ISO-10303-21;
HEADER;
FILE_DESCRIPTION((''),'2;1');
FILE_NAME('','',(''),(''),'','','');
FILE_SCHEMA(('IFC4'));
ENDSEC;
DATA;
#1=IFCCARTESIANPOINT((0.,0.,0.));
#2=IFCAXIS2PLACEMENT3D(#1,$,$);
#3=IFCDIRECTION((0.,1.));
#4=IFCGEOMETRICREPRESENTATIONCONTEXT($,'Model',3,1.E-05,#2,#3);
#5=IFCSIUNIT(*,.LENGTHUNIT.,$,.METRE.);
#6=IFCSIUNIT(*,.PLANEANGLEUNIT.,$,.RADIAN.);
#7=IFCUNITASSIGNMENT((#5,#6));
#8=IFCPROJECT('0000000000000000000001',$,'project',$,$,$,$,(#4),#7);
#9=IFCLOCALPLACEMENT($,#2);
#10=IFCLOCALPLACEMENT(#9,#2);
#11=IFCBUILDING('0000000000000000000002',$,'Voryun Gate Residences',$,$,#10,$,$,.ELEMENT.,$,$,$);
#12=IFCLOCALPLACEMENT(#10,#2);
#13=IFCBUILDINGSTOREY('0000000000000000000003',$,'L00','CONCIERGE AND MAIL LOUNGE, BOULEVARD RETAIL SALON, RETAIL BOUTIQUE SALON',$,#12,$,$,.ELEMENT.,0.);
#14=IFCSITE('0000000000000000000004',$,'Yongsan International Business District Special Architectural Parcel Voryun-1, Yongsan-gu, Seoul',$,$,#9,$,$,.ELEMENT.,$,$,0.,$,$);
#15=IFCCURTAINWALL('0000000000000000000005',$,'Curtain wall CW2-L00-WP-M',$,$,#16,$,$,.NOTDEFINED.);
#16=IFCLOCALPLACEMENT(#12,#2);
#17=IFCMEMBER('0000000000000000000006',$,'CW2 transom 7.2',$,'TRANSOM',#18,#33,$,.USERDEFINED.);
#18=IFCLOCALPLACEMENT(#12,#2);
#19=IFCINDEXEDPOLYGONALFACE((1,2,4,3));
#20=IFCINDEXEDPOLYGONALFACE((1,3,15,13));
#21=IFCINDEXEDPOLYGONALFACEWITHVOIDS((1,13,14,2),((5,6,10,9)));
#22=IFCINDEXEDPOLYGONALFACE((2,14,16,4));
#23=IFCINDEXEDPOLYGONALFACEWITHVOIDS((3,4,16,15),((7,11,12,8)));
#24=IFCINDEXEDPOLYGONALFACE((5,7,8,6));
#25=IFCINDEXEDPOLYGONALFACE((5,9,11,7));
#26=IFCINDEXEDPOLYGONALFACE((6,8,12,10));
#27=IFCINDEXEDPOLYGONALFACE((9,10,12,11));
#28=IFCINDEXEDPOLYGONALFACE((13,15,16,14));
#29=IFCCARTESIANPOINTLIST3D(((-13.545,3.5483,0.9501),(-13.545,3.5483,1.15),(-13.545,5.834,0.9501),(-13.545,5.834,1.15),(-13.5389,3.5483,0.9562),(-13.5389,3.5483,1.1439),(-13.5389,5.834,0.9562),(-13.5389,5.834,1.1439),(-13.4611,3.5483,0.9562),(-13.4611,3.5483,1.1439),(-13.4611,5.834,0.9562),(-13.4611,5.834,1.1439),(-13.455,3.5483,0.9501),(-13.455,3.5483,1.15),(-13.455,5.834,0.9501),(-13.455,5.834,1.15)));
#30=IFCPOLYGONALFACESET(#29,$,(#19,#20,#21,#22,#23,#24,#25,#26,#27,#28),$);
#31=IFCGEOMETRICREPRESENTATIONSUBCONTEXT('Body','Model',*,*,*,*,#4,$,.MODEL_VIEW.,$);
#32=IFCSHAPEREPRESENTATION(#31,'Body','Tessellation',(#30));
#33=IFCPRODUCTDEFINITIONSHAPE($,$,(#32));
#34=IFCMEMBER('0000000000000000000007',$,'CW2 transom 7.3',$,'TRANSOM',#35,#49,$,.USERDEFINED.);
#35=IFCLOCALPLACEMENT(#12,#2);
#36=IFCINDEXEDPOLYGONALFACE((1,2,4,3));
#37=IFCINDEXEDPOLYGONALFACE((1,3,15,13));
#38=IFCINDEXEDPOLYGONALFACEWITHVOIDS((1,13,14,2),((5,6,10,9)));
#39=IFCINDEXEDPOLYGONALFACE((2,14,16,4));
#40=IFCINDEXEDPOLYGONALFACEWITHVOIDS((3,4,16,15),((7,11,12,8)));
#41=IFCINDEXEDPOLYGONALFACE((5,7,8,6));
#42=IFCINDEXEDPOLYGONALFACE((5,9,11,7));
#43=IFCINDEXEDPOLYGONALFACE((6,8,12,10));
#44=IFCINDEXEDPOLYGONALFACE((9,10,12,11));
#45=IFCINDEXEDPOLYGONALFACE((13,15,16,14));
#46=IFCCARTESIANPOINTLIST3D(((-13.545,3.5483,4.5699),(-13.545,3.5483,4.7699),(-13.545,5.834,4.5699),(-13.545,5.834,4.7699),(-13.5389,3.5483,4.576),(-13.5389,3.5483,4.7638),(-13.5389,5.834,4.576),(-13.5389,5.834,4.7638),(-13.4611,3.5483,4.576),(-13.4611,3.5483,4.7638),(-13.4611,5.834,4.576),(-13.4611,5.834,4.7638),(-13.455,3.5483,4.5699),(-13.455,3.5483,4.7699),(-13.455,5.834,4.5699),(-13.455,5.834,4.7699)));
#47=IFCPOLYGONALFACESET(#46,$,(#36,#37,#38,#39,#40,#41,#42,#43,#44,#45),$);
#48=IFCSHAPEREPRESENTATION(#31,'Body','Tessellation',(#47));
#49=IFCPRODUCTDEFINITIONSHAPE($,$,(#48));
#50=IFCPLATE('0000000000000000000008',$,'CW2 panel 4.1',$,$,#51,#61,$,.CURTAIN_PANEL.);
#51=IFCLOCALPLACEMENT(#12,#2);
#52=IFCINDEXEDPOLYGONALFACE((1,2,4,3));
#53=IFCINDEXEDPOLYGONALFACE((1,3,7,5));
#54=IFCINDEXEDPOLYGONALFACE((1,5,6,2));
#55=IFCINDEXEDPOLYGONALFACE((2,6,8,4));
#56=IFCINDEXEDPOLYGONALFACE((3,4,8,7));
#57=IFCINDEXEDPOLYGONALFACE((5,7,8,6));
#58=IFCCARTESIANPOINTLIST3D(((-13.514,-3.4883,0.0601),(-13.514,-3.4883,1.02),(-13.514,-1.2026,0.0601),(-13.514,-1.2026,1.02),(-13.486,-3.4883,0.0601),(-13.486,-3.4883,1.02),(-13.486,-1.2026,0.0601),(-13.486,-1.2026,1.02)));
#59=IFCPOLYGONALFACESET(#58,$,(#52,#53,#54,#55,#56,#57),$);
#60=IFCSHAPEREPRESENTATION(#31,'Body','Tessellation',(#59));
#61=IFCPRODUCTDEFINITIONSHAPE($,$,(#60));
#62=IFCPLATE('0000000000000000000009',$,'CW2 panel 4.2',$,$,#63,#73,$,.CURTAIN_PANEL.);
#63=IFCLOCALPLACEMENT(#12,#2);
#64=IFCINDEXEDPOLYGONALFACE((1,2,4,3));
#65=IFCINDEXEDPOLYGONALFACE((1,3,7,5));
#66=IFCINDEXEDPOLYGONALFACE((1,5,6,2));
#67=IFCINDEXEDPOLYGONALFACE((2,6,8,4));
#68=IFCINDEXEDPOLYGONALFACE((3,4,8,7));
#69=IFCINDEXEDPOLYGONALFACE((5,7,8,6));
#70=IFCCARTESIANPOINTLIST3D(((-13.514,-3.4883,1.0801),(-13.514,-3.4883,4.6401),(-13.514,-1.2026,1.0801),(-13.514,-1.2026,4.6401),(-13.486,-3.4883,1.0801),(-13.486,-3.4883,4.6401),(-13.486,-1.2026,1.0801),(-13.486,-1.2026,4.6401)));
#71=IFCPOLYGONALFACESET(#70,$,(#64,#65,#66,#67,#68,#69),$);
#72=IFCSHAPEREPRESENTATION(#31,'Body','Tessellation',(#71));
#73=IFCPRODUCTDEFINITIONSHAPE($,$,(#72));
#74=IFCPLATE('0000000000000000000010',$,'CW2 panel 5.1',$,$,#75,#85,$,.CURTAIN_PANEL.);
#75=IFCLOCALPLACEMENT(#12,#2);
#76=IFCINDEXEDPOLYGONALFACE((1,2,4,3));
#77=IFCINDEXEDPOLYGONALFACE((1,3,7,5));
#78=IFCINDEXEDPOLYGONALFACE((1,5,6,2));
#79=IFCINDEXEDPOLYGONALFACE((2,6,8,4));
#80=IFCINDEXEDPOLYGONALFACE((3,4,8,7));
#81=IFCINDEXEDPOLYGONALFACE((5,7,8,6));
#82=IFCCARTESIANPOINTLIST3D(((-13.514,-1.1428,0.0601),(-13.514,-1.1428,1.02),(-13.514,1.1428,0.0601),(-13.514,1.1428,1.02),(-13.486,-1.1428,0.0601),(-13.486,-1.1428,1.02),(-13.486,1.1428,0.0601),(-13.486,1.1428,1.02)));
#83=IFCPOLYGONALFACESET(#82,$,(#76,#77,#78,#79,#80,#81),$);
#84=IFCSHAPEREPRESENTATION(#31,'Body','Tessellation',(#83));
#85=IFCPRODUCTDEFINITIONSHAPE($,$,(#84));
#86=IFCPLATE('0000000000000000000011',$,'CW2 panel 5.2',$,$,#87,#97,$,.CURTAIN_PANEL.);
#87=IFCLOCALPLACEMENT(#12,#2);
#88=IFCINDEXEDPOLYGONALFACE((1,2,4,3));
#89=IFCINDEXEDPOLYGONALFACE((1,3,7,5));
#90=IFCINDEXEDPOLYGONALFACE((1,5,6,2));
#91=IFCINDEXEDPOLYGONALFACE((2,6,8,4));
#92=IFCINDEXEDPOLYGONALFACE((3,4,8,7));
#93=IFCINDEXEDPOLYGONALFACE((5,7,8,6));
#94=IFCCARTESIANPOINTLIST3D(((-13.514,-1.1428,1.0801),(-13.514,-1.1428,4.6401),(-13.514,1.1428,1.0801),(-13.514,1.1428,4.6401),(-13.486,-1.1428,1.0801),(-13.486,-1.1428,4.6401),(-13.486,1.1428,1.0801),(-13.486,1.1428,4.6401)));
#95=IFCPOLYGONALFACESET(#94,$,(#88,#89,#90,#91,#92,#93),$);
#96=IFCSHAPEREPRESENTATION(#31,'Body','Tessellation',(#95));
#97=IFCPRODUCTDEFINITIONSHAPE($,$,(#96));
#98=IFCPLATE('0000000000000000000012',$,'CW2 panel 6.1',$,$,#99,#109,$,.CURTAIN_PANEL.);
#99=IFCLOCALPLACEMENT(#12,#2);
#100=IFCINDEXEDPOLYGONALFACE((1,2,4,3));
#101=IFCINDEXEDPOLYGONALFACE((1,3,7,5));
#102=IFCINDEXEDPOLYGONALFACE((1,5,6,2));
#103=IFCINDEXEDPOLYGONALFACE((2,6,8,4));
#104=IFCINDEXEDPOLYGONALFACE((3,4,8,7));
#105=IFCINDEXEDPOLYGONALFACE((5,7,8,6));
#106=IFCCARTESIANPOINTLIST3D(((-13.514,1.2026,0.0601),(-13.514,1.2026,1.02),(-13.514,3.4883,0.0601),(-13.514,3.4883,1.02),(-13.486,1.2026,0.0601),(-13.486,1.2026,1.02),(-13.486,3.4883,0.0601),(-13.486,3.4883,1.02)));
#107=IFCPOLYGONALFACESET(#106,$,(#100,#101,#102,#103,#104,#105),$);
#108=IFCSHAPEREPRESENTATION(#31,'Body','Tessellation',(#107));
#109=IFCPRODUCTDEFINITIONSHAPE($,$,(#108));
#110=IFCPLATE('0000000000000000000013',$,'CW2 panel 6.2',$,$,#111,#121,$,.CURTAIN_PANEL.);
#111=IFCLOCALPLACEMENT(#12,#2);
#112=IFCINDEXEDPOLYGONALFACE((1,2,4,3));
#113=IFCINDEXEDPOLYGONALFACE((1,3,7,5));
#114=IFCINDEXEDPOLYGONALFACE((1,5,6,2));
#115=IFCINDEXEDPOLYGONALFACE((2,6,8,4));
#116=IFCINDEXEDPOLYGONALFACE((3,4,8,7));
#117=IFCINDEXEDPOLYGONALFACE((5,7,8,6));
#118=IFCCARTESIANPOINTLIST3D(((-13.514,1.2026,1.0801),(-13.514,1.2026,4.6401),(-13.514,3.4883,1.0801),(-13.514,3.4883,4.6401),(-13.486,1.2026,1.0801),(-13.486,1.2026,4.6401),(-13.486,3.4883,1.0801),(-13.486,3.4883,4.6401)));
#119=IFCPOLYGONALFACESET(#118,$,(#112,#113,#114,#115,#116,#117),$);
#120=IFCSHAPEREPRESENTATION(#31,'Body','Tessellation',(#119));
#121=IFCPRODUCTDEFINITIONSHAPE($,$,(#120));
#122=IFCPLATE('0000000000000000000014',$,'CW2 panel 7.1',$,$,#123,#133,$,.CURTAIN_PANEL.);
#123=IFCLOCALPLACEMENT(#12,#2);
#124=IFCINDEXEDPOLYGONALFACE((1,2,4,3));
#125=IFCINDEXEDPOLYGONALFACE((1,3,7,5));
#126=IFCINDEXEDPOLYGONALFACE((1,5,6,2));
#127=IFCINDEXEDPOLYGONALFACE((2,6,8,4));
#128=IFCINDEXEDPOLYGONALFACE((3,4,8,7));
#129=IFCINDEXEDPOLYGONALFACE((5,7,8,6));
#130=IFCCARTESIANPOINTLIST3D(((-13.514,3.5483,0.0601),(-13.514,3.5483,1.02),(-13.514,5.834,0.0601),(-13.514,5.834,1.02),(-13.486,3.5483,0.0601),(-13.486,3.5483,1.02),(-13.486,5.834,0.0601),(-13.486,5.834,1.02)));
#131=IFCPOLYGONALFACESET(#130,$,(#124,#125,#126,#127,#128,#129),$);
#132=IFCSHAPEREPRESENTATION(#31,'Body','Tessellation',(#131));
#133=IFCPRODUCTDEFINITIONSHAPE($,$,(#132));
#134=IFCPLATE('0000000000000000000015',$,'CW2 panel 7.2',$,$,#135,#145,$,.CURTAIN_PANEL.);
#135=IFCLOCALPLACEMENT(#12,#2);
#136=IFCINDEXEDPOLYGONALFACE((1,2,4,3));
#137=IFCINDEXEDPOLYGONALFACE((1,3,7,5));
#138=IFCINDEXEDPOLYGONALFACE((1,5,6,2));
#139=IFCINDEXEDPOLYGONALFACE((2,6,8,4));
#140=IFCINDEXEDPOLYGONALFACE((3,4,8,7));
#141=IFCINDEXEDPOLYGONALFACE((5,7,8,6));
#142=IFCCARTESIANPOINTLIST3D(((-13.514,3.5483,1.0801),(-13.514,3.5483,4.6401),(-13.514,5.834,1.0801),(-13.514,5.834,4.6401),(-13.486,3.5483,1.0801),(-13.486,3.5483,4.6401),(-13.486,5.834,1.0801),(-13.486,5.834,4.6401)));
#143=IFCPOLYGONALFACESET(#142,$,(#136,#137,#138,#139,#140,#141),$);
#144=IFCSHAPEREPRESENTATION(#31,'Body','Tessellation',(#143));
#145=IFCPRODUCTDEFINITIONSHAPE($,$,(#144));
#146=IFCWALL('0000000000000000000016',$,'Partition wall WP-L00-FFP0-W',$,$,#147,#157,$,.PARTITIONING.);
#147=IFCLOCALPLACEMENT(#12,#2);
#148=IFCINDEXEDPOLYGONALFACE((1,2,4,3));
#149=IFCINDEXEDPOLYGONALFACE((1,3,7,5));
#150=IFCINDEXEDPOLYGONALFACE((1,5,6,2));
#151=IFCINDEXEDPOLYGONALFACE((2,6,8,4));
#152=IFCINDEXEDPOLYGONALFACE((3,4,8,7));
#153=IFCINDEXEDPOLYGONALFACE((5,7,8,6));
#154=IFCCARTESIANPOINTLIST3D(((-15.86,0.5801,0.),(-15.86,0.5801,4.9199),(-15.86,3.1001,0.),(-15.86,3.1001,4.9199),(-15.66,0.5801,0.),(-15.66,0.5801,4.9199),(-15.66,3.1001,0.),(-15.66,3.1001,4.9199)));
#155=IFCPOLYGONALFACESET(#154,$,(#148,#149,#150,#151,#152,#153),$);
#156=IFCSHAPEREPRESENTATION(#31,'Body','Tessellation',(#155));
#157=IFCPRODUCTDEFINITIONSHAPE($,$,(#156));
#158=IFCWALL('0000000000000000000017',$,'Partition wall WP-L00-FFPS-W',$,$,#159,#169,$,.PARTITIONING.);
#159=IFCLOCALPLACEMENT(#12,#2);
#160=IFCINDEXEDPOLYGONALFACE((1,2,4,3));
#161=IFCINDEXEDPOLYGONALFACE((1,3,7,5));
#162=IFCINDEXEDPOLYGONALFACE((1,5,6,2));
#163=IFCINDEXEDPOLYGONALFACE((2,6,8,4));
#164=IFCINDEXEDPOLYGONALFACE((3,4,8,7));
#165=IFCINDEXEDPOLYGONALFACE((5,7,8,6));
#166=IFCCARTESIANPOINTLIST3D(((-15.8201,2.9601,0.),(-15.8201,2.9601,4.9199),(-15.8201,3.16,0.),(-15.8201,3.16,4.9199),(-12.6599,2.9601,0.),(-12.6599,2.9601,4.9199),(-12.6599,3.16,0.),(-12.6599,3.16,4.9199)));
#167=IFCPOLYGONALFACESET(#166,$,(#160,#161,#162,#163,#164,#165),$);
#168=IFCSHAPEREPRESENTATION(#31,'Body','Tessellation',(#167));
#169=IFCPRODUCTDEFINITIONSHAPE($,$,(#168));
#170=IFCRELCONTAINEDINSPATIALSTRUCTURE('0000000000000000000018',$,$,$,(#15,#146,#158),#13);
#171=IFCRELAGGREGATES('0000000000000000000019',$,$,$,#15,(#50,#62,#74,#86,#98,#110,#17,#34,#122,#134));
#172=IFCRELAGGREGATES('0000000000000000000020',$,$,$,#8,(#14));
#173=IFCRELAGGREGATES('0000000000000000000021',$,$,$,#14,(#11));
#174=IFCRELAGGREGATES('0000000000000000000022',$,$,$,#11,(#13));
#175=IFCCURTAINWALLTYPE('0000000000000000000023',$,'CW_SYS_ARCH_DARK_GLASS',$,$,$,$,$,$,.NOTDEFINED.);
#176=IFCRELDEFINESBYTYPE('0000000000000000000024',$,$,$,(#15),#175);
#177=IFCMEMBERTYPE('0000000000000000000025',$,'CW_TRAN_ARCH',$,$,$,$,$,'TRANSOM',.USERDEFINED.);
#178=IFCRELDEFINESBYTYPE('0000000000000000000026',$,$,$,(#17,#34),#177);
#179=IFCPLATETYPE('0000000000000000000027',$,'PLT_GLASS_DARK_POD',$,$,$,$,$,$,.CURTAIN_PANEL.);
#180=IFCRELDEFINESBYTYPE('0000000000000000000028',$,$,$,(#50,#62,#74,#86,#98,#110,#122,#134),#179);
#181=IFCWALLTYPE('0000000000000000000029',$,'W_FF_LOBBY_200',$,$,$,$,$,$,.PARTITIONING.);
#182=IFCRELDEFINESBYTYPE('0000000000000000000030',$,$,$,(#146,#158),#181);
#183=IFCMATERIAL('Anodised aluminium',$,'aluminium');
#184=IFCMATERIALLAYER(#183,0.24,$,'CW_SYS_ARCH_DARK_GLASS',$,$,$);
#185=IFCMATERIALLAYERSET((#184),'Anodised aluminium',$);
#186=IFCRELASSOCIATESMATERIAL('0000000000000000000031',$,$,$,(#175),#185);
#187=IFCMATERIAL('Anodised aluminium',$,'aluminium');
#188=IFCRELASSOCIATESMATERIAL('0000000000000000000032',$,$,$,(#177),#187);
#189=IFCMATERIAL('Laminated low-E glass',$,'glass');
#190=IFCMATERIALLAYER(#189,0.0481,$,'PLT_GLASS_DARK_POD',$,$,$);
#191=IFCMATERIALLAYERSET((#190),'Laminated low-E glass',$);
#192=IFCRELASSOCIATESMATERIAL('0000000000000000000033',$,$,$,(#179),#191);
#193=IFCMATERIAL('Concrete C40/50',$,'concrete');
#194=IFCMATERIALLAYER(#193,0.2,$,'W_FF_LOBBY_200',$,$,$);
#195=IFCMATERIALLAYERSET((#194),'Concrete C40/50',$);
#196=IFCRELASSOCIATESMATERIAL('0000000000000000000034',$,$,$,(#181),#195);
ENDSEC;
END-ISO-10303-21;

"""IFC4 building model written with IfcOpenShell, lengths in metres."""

from ifc_helpers import new_model, si_unit, direction, frame, frame_2d, origin, origin_2d, place, context, subcontext, project, spatial, rectangle, hollow_rectangle, extrude, material, layer, layer_set, material_profile, profile_set, type_object, element, aggregate, save


model = new_model("IFC4")

# Units and contexts
model_context = context("Model", 3, precision=1e-05, world=origin(), true_north=direction((0.0, 1.0)))
body_context = subcontext(model_context, "Body", "Model", "MODEL_VIEW")
ifc_project = project(units=[si_unit("LENGTHUNIT", "METRE"), si_unit("PLANEANGLEUNIT", "RADIAN")], contexts=[model_context])

# Site, building, storey
site_placement = place(None, origin())
site = spatial("IfcSite", under=ifc_project, at=site_placement, Name="Yongsan International Business District Special Architectural Parcel Voryun-1, Yongsan-gu, Seoul", CompositionType="ELEMENT", RefElevation=0.0)
building_placement = place(site_placement, origin())
building = spatial("IfcBuilding", under=site, at=building_placement, Name="Voryun Gate Residences", CompositionType="ELEMENT")
storey_placement = place(building_placement, origin())
storey = spatial("IfcBuildingStorey", under=building, at=storey_placement, Name="L00", Description="CONCIERGE AND MAIL LOUNGE, BOULEVARD RETAIL SALON, RETAIL BOUTIQUE SALON", CompositionType="ELEMENT", Elevation=0.0)

# Curtain wall, members, plates
ifc_material_1 = material(Name="Anodised aluminium", Category="aluminium")
ifc_layer_1 = layer(ifc_material_1, 0.24, Name="CW_SYS_ARCH_DARK_GLASS")
ifc_layer_set_1 = layer_set([ifc_layer_1], Name="Anodised aluminium")
curtain_wall_type = type_object("IfcCurtainWallType", Name="CW_SYS_ARCH_DARK_GLASS", PredefinedType="NOTDEFINED", material=ifc_layer_set_1)
curtain_wall_placement = place(storey_placement, origin())
curtain_wall = element("IfcCurtainWall", 1, at=curtain_wall_placement, inside=storey, type_object=curtain_wall_type, Name="Curtain wall CW2-L00-WP-M", PredefinedType="NOTDEFINED")
ifc_material_2 = material(Name="Anodised aluminium", Category="aluminium")
ifc_material_profile_1 = material_profile(ifc_material_2, hollow_rectangle(XDim=0.0901, YDim=0.2, WallThickness=0.0061, at=origin_2d()), Name="ALU-TRAN-200x90x6")
ifc_profile_set_1 = profile_set([ifc_material_profile_1], Name="Anodised aluminium")
member_type_1 = type_object("IfcMemberType", Name="CW_TRAN_ARCH", ElementType="TRANSOM", PredefinedType="USERDEFINED", material=ifc_profile_set_1)
member_1_placement = place(storey_placement, frame((-13.5, 3.5483, 1.05), z_axis=(0.0, 1.0, 0.0), x_axis=(-1.0, 0.0, 0.0)))
member_1 = element("IfcMember", 2, at=member_1_placement, type_object=member_type_1, Name="CW2 transom 7.2", ObjectType="TRANSOM", PredefinedType="USERDEFINED", context=body_context, shape_type="SweptSolid", body=[
    extrude(hollow_rectangle(XDim=0.0901, YDim=0.2, WallThickness=0.0061, at=origin_2d()), origin(), (0.0, 0.0, 1.0), 2.2856),
])
member_2_placement = place(storey_placement, frame((-13.5, 3.5483, 4.6699), z_axis=(0.0, 1.0, 0.0), x_axis=(-1.0, 0.0, 0.0)))
member_2 = element("IfcMember", 3, at=member_2_placement, type_object=member_type_1, Name="CW2 transom 7.3", ObjectType="TRANSOM", PredefinedType="USERDEFINED", context=body_context, shape_type="SweptSolid", body=[
    extrude(hollow_rectangle(XDim=0.0901, YDim=0.2, WallThickness=0.0061, at=origin_2d()), origin(), (0.0, 0.0, 1.0), 2.2856),
])
ifc_material_3 = material(Name="Laminated low-E glass", Category="glass")
ifc_layer_2 = layer(ifc_material_3, 0.0481, Name="PLT_GLASS_DARK_POD")
ifc_layer_set_2 = layer_set([ifc_layer_2], Name="Laminated low-E glass")
plate_type = type_object("IfcPlateType", Name="PLT_GLASS_DARK_POD", PredefinedType="CURTAIN_PANEL", material=ifc_layer_set_2)
plate_1_placement = place(storey_placement, frame((-13.5, -2.3455, 0.0601), z_axis=(0.0, 0.0, 1.0), x_axis=(0.0, 1.0, 0.0)))
plate_1 = element("IfcPlate", 4, at=plate_1_placement, type_object=plate_type, Name="CW2 panel 4.1", PredefinedType="CURTAIN_PANEL", context=body_context, shape_type="SweptSolid", body=[
    extrude(rectangle(XDim=2.2856, YDim=0.0281, at=origin_2d()), origin(), (0.0, 0.0, 1.0), 0.96),
])
plate_2_placement = place(storey_placement, frame((-13.5, -2.3455, 1.0801), z_axis=(0.0, 0.0, 1.0), x_axis=(0.0, 1.0, 0.0)))
plate_2 = element("IfcPlate", 5, at=plate_2_placement, type_object=plate_type, Name="CW2 panel 4.2", PredefinedType="CURTAIN_PANEL", context=body_context, shape_type="SweptSolid", body=[
    extrude(rectangle(XDim=2.2856, YDim=0.0281, at=origin_2d()), origin(), (0.0, 0.0, 1.0), 3.5601),
])
plate_3_placement = place(storey_placement, frame((-13.5, 0.0, 0.0601), z_axis=(0.0, 0.0, 1.0), x_axis=(0.0, 1.0, 0.0)))
plate_3 = element("IfcPlate", 6, at=plate_3_placement, type_object=plate_type, Name="CW2 panel 5.1", PredefinedType="CURTAIN_PANEL", context=body_context, shape_type="SweptSolid", body=[
    extrude(rectangle(XDim=2.2856, YDim=0.0281, at=origin_2d()), origin(), (0.0, 0.0, 1.0), 0.96),
])
plate_4_placement = place(storey_placement, frame((-13.5, 0.0, 1.0801), z_axis=(0.0, 0.0, 1.0), x_axis=(0.0, 1.0, 0.0)))
plate_4 = element("IfcPlate", 7, at=plate_4_placement, type_object=plate_type, Name="CW2 panel 5.2", PredefinedType="CURTAIN_PANEL", context=body_context, shape_type="SweptSolid", body=[
    extrude(rectangle(XDim=2.2856, YDim=0.0281, at=origin_2d()), origin(), (0.0, 0.0, 1.0), 3.5601),
])
plate_5_placement = place(storey_placement, frame((-13.5, 2.3455, 0.0601), z_axis=(0.0, 0.0, 1.0), x_axis=(0.0, 1.0, 0.0)))
plate_5 = element("IfcPlate", 8, at=plate_5_placement, type_object=plate_type, Name="CW2 panel 6.1", PredefinedType="CURTAIN_PANEL", context=body_context, shape_type="SweptSolid", body=[
    extrude(rectangle(XDim=2.2856, YDim=0.0281, at=origin_2d()), origin(), (0.0, 0.0, 1.0), 0.96),
])
plate_6_placement = place(storey_placement, frame((-13.5, 2.3455, 1.0801), z_axis=(0.0, 0.0, 1.0), x_axis=(0.0, 1.0, 0.0)))
plate_6 = element("IfcPlate", 9, at=plate_6_placement, type_object=plate_type, Name="CW2 panel 6.2", PredefinedType="CURTAIN_PANEL", context=body_context, shape_type="SweptSolid", body=[
    extrude(rectangle(XDim=2.2856, YDim=0.0281, at=origin_2d()), origin(), (0.0, 0.0, 1.0), 3.5601),
])
plate_7_placement = place(storey_placement, frame((-13.5, 4.6912, 0.0601), z_axis=(0.0, 0.0, 1.0), x_axis=(0.0, 1.0, 0.0)))
plate_7 = element("IfcPlate", 10, at=plate_7_placement, type_object=plate_type, Name="CW2 panel 7.1", PredefinedType="CURTAIN_PANEL", context=body_context, shape_type="SweptSolid", body=[
    extrude(rectangle(XDim=2.2856, YDim=0.0281, at=origin_2d()), origin(), (0.0, 0.0, 1.0), 0.96),
])
plate_8_placement = place(storey_placement, frame((-13.5, 4.6912, 1.0801), z_axis=(0.0, 0.0, 1.0), x_axis=(0.0, 1.0, 0.0)))
plate_8 = element("IfcPlate", 11, at=plate_8_placement, type_object=plate_type, Name="CW2 panel 7.2", PredefinedType="CURTAIN_PANEL", context=body_context, shape_type="SweptSolid", body=[
    extrude(rectangle(XDim=2.2856, YDim=0.0281, at=origin_2d()), origin(), (0.0, 0.0, 1.0), 3.5601),
])
aggregate(curtain_wall, [plate_1, plate_2, plate_3, plate_4, plate_5, plate_6, member_1, member_2, plate_7, plate_8])

# Walls
ifc_material_4 = material(Name="Concrete C40/50", Category="concrete")
ifc_layer_3 = layer(ifc_material_4, 0.2, Name="W_FF_LOBBY_200")
ifc_layer_set_3 = layer_set([ifc_layer_3], Name="Concrete C40/50")
wall_type_1 = type_object("IfcWallType", Name="W_FF_LOBBY_200", PredefinedType="PARTITIONING", material=ifc_layer_set_3)
wall_1_placement = place(storey_placement, frame((-15.76, 0.5801, 0.0), z_axis=(0.0, 0.0, 1.0), x_axis=(0.0, 1.0, 0.0)))
element("IfcWall", 12, at=wall_1_placement, inside=storey, type_object=wall_type_1, Name="Partition wall WP-L00-FFP0-W", PredefinedType="PARTITIONING", context=body_context, shape_type="SweptSolid", body=[
    extrude(rectangle(XDim=2.52, YDim=0.2, at=frame_2d((1.26, 0.0))), origin(), (0.0, 0.0, 1.0), 4.9199),
])
wall_2_placement = place(storey_placement, frame((-15.8201, 3.0601, 0.0), z_axis=(0.0, 0.0, 1.0), x_axis=(1.0, 0.0, 0.0)))
element("IfcWall", 13, at=wall_2_placement, inside=storey, type_object=wall_type_1, Name="Partition wall WP-L00-FFPS-W", PredefinedType="PARTITIONING", context=body_context, shape_type="SweptSolid", body=[
    extrude(rectangle(XDim=3.1602, YDim=0.2, at=frame_2d((1.5801, 0.0))), origin(), (0.0, 0.0, 1.0), 4.9199),
])

save(model, "model.ifc")
